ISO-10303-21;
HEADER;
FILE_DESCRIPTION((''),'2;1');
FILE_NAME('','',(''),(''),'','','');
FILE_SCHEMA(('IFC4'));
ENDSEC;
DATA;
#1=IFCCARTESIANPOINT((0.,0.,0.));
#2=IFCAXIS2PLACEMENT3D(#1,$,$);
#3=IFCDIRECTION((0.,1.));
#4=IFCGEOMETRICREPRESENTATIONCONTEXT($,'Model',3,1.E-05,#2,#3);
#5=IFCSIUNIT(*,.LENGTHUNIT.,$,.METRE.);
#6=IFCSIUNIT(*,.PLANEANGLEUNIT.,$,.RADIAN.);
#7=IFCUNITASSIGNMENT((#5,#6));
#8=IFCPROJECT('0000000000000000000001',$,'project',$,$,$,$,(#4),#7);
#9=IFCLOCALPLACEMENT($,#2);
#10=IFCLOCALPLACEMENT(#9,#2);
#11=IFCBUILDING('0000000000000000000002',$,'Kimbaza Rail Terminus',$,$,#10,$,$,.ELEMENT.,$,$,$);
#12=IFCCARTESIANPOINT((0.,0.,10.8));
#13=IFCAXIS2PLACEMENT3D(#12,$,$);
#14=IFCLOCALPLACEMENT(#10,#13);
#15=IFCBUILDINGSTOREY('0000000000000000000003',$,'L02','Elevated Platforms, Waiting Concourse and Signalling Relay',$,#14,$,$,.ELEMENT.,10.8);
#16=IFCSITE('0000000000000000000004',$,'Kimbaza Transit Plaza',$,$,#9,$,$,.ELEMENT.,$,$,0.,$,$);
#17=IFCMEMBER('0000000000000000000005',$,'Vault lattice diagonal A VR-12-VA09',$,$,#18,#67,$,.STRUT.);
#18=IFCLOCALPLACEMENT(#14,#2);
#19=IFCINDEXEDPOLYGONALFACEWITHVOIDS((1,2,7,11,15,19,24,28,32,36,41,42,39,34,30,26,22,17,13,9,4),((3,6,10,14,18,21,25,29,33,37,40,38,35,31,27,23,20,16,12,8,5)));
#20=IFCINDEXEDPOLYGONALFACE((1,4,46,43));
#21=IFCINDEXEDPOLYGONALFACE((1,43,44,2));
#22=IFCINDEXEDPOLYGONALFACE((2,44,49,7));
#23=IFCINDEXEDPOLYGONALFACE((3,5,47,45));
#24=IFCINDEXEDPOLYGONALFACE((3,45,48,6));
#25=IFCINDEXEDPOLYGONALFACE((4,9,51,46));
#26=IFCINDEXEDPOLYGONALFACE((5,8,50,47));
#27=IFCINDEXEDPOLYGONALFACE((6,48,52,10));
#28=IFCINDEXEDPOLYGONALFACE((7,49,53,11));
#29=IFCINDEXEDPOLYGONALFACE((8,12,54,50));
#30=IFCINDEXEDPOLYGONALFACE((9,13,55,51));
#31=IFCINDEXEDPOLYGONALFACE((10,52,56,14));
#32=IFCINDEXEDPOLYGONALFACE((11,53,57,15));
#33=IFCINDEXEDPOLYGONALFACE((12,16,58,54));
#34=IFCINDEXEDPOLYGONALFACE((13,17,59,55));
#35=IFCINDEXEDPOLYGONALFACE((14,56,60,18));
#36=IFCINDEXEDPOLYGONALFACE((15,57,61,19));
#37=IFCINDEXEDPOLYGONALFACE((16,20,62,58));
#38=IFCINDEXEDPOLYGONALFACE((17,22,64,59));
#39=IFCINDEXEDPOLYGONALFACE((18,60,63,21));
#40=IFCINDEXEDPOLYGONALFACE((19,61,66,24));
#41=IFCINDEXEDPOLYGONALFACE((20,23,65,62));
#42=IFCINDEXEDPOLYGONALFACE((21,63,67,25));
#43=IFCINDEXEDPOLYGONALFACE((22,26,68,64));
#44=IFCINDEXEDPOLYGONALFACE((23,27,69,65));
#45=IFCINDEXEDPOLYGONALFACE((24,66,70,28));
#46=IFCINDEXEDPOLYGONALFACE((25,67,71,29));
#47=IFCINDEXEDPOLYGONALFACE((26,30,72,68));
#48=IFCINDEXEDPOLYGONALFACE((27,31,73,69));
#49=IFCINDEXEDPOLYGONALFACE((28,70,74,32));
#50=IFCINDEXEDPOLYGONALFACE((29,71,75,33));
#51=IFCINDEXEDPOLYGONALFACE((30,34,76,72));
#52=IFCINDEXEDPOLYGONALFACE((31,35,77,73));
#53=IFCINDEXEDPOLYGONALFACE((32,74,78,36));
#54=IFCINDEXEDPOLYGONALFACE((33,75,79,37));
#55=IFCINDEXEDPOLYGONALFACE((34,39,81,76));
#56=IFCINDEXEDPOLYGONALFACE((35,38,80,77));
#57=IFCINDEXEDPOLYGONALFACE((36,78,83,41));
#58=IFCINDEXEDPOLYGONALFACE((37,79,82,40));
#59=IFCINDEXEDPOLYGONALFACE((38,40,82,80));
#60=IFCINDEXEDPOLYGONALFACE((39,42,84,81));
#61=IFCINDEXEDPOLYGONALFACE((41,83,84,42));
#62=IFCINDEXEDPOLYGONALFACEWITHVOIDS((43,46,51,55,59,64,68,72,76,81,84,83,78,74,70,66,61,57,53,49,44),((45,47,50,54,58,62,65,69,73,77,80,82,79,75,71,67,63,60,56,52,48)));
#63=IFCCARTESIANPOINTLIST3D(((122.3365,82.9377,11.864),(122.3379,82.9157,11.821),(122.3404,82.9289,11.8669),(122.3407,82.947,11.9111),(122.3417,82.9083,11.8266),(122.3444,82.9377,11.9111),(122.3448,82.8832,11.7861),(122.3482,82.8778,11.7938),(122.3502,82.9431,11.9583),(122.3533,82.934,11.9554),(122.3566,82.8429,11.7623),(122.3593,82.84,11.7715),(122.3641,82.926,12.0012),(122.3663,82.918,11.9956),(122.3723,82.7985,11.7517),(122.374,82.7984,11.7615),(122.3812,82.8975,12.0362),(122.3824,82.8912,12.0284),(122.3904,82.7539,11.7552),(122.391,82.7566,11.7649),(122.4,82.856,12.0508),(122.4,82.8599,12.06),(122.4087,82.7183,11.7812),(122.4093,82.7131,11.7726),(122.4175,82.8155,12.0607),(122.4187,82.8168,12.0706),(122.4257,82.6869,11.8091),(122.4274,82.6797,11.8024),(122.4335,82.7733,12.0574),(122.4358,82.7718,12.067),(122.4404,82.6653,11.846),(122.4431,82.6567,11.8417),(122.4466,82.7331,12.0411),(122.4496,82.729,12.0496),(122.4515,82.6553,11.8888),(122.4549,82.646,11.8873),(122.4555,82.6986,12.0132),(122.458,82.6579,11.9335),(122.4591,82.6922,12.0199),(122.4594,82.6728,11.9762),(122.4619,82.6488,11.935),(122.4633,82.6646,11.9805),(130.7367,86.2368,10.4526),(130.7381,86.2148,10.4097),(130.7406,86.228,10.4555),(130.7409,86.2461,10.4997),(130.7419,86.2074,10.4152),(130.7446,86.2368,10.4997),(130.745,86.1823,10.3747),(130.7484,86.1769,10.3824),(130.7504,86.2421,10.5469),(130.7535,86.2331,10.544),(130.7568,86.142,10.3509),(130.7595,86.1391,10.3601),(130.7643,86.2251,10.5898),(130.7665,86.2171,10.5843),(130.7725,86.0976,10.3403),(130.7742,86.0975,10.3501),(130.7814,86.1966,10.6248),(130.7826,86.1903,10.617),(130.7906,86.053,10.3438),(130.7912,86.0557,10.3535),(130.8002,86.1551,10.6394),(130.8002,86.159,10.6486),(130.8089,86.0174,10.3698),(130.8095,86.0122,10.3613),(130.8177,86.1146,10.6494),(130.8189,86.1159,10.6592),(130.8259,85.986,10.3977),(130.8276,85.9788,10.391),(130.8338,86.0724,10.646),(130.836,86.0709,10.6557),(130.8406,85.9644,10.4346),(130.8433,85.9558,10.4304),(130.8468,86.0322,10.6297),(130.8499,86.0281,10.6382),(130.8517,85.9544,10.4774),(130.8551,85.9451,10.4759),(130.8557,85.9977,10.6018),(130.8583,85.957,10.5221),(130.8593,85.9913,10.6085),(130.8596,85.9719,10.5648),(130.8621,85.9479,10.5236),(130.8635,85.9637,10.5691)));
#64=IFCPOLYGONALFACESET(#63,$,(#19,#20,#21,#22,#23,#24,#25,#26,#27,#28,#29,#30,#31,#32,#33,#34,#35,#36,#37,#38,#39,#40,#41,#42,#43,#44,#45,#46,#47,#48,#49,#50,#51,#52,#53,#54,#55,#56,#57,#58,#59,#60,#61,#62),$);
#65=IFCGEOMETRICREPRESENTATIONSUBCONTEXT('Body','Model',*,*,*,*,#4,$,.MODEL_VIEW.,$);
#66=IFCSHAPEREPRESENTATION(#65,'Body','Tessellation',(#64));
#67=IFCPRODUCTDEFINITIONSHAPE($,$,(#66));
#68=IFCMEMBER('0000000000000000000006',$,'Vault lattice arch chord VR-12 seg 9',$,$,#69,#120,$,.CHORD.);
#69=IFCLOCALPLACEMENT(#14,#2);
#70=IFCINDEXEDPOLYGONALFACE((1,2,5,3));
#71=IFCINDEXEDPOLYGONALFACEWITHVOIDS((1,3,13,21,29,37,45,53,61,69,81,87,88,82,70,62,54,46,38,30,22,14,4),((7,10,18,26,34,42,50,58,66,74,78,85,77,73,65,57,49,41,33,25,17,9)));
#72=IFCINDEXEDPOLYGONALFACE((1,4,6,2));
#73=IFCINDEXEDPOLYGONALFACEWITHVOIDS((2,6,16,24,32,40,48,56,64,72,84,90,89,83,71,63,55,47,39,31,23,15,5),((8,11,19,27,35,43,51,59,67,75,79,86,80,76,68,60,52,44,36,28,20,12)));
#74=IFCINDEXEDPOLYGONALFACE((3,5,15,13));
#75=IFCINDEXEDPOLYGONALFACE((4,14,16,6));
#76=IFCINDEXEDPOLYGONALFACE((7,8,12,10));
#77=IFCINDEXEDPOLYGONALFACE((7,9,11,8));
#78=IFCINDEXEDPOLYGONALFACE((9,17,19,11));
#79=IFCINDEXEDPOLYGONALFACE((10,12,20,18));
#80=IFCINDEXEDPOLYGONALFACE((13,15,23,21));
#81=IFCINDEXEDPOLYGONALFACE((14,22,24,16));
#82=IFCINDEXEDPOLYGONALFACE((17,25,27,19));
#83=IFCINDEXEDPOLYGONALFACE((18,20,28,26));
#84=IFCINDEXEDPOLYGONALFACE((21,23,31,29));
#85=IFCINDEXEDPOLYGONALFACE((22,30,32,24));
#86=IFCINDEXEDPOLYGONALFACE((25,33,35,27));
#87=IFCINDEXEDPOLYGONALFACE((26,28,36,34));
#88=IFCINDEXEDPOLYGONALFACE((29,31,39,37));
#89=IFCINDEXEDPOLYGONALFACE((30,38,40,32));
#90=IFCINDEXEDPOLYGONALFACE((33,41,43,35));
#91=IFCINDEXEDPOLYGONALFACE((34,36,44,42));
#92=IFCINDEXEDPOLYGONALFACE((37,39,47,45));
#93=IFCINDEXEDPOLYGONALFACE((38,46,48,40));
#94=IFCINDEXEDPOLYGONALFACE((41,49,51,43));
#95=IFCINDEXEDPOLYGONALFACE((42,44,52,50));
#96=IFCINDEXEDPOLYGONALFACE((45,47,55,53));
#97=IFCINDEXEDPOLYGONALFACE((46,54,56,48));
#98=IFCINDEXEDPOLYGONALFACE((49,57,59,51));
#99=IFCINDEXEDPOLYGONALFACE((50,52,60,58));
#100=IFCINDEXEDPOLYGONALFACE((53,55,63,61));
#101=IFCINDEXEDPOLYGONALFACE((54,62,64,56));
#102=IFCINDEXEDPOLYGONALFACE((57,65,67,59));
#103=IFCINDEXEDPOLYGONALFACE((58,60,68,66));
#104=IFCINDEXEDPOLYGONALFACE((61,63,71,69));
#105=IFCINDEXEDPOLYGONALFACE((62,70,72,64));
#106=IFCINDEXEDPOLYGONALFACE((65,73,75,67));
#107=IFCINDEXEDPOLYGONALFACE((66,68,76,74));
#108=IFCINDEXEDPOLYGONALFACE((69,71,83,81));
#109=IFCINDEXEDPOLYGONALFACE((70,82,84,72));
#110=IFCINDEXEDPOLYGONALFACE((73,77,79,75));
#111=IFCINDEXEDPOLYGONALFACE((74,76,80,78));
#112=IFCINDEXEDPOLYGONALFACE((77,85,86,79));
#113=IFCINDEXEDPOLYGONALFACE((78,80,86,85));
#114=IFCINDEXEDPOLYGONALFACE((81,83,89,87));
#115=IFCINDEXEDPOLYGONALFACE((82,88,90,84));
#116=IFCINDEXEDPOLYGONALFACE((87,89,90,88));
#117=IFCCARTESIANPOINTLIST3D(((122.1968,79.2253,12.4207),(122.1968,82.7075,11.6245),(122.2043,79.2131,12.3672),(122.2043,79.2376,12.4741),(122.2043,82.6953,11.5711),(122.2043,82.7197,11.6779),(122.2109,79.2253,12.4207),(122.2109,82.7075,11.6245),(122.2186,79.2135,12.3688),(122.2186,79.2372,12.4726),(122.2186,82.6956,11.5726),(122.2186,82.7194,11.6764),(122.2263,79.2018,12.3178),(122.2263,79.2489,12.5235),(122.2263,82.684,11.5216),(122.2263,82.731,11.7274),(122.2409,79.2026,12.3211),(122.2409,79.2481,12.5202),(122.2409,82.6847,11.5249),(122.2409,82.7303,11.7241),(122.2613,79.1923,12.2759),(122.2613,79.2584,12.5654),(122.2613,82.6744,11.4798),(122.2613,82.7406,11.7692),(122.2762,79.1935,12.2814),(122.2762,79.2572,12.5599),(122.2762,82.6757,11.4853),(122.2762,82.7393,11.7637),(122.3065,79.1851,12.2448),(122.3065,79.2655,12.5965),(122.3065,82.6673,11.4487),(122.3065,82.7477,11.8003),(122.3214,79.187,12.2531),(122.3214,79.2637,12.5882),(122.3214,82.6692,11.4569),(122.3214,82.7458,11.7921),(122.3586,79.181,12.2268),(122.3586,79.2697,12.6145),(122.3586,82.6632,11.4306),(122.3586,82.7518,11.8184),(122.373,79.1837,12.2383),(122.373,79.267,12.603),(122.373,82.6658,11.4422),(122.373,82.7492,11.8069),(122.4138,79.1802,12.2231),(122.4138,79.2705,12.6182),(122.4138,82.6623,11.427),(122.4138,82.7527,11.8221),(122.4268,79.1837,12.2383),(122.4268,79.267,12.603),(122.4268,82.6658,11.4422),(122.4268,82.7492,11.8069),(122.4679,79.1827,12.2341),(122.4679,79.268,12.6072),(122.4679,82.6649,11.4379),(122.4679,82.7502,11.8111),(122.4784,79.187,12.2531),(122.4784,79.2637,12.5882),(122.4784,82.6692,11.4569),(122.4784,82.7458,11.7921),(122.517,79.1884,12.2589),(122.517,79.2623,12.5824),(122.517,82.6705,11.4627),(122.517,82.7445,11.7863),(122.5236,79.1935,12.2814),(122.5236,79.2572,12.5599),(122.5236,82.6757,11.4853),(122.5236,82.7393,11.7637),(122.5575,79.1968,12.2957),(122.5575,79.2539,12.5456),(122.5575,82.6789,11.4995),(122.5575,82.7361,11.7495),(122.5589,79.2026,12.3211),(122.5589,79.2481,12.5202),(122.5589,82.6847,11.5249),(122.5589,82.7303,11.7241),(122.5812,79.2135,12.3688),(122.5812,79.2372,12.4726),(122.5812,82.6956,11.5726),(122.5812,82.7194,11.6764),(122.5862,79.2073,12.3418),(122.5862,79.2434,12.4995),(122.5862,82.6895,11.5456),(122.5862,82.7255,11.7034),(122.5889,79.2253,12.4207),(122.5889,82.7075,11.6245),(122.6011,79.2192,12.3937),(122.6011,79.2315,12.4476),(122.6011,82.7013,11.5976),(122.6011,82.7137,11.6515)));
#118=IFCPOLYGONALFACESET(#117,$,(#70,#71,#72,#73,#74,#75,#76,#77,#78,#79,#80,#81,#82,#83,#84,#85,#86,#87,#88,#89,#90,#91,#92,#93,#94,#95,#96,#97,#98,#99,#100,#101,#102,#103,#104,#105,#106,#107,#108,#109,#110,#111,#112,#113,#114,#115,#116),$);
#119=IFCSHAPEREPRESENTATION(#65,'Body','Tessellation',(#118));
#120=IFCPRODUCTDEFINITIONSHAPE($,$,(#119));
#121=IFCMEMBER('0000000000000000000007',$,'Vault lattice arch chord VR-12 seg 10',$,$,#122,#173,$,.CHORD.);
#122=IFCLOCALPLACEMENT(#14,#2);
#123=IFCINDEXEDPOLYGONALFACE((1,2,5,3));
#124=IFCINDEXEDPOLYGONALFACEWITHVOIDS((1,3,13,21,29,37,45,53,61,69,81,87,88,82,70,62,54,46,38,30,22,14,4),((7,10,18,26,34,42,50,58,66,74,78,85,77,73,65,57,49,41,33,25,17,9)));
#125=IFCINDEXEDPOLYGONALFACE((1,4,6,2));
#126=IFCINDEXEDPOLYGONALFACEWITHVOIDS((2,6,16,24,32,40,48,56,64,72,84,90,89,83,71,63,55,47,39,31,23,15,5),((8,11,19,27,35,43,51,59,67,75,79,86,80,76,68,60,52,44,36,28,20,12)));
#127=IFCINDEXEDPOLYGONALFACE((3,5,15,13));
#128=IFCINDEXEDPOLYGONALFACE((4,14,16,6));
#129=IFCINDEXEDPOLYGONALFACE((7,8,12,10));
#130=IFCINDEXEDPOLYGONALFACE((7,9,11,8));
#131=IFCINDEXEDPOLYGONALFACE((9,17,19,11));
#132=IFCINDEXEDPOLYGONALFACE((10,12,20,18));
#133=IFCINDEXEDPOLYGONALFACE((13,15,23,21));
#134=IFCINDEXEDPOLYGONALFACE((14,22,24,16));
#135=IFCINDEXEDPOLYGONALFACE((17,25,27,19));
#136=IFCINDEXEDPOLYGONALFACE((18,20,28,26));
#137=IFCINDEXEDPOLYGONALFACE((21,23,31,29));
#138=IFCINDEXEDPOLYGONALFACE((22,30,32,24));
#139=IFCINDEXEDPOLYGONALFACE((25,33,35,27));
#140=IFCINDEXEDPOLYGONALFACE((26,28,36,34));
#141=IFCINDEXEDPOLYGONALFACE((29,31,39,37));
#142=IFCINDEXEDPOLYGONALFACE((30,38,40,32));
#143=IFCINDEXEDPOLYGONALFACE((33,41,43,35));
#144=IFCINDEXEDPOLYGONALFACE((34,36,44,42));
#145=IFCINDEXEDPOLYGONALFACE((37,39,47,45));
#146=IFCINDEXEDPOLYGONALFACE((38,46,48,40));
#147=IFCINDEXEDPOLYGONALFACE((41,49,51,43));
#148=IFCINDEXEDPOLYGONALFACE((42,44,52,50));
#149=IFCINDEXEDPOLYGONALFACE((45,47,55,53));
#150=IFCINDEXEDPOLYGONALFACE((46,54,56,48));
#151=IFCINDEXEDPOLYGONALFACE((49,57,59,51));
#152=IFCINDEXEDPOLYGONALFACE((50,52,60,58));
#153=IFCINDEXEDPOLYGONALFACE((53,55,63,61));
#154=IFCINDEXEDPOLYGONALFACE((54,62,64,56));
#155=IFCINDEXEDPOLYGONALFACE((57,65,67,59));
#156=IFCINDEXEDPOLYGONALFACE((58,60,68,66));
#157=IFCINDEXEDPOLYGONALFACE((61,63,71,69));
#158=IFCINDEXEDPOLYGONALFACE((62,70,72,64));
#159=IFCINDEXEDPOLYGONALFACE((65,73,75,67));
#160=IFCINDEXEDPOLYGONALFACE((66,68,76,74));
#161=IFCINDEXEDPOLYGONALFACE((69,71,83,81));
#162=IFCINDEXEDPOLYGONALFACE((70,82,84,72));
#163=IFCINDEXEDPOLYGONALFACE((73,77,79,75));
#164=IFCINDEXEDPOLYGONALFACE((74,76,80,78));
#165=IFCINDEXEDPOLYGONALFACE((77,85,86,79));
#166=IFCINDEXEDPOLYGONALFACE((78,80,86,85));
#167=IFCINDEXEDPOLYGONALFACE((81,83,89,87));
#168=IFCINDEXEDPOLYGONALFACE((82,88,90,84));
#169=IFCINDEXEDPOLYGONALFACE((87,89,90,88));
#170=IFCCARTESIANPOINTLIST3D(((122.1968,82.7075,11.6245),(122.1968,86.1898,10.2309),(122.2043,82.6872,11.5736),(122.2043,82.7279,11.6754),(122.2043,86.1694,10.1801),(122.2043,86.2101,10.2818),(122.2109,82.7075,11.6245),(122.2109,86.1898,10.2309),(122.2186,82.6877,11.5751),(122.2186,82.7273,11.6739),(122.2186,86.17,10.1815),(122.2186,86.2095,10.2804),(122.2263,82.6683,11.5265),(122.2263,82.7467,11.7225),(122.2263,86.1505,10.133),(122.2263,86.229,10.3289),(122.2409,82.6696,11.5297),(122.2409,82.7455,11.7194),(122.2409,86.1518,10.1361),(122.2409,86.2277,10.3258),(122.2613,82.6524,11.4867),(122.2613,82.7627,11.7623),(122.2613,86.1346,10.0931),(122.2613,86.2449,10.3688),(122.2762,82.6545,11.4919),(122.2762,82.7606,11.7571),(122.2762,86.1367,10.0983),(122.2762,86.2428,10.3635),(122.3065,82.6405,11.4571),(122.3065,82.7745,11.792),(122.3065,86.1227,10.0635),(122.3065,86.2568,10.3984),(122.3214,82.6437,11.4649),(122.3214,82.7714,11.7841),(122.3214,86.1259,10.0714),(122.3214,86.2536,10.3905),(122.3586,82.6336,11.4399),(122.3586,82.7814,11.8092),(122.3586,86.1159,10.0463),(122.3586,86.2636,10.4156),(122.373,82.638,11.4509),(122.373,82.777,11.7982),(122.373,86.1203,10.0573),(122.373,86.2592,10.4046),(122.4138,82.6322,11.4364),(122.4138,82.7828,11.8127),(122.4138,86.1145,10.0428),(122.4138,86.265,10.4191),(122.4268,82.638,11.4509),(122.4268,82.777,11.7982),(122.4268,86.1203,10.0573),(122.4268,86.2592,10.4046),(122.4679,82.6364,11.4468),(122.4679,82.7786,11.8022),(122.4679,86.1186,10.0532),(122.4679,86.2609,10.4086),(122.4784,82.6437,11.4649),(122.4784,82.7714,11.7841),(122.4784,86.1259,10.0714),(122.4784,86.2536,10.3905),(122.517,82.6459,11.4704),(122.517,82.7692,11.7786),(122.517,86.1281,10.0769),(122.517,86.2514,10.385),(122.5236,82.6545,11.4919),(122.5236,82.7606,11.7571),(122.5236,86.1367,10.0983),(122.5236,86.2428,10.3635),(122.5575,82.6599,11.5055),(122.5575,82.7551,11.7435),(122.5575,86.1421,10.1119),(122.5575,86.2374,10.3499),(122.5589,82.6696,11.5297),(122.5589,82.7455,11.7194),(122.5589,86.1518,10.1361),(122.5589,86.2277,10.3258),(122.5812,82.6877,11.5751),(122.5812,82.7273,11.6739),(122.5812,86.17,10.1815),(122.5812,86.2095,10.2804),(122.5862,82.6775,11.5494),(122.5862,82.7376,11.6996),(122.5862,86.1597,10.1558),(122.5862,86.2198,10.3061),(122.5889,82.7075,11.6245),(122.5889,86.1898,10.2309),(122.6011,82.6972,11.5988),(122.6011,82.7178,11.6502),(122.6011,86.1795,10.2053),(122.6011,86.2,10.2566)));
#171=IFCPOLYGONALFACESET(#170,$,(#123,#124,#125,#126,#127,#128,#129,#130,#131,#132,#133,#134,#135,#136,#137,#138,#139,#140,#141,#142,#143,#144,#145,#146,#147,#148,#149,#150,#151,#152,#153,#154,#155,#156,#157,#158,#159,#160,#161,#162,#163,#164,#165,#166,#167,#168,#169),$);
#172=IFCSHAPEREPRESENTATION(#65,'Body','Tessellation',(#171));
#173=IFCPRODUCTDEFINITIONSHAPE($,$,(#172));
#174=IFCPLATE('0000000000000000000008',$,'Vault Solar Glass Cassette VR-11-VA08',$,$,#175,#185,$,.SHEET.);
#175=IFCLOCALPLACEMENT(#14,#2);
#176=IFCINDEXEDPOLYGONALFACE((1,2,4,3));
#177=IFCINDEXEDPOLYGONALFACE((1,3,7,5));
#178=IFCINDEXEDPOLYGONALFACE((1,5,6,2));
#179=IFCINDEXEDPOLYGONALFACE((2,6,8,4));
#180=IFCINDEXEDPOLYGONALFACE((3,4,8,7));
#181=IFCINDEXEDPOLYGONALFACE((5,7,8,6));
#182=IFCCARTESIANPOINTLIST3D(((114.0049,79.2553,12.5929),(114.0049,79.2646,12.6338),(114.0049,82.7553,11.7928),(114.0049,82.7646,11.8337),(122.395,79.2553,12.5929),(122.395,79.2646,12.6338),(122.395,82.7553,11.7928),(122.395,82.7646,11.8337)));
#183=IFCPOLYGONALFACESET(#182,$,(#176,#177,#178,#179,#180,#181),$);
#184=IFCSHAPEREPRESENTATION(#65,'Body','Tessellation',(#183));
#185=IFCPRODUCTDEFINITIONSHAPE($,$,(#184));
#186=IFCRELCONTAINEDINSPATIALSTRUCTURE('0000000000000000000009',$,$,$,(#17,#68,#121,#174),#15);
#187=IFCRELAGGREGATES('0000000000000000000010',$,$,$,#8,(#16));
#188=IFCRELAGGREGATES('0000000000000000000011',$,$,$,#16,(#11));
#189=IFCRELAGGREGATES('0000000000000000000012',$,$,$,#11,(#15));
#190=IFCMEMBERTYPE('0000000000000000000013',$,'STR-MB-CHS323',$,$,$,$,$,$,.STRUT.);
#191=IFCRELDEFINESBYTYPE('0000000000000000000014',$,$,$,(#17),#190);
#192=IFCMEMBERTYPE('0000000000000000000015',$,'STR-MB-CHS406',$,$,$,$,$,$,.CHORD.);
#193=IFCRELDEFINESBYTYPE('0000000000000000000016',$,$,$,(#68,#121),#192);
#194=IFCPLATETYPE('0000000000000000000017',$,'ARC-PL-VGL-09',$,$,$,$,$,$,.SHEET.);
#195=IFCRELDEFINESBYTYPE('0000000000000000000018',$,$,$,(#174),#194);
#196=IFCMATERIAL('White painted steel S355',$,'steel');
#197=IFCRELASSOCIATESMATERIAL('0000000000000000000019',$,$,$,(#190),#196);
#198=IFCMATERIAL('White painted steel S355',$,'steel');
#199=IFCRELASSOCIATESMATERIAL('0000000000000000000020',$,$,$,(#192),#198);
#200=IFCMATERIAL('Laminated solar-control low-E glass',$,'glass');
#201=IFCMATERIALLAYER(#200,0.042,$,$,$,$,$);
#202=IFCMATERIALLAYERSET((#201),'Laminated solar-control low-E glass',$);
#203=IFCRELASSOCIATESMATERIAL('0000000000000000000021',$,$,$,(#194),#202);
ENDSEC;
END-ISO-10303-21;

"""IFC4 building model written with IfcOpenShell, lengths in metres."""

from ifc_helpers import new_model, si_unit, direction, frame, origin, origin_2d, place, context, subcontext, project, spatial, polyline, hollow_circle, outline, extrude, material, layer, layer_set, material_profile, profile_set, type_object, element, save


model = new_model("IFC4")

# Units and contexts
model_context = context("Model", 3, precision=1e-05, world=origin(), true_north=direction((0.0, 1.0)))
body_context = subcontext(model_context, "Body", "Model", "MODEL_VIEW")
ifc_project = project(units=[si_unit("LENGTHUNIT", "METRE"), si_unit("PLANEANGLEUNIT", "RADIAN")], contexts=[model_context])

# Site, building, storey
site_placement = place(None, origin())
site = spatial("IfcSite", under=ifc_project, at=site_placement, Name="Kimbaza Transit Plaza", CompositionType="ELEMENT", RefElevation=0.0)
building_placement = place(site_placement, origin())
building = spatial("IfcBuilding", under=site, at=building_placement, Name="Kimbaza Rail Terminus", CompositionType="ELEMENT")
storey_placement = place(building_placement, frame((0.0, 0.0, 10.8)))
storey = spatial("IfcBuildingStorey", under=building, at=storey_placement, Name="L02", Description="Elevated Platforms, Waiting Concourse and Signalling Relay", CompositionType="ELEMENT", Elevation=10.8)

# Members
ifc_material_1 = material(Name="White painted steel S355", Category="steel")
ifc_material_profile_1 = material_profile(ifc_material_1, hollow_circle(Radius=0.1619, WallThickness=0.01, at=origin_2d()), Name="CHS 323.9x10")
ifc_profile_set_1 = profile_set([ifc_material_profile_1], Name="White painted steel S355")
member_type_1 = type_object("IfcMemberType", Name="STR-MB-CHS323", PredefinedType="STRUT", material=ifc_profile_set_1)
member_1_placement = place(storey_placement, frame((122.3999, 82.7964, 11.9111), z_axis=(0.919611, 0.361168, -0.154511), x_axis=(-0.365558, 0.930789, 0.0)))
element("IfcMember", 1, at=member_1_placement, inside=storey, type_object=member_type_1, Name="Vault lattice diagonal A VR-12-VA09", PredefinedType="STRUT", context=body_context, shape_type="SweptSolid", body=[
    extrude(hollow_circle(Radius=0.1619, WallThickness=0.01, at=origin_2d()), origin(), (0.0, 0.0, 1.0), 9.1345),
])
ifc_material_2 = material(Name="White painted steel S355", Category="steel")
ifc_material_profile_2 = material_profile(ifc_material_2, hollow_circle(Radius=0.2031, WallThickness=0.0142, at=origin_2d()), Name="CHS 406.4x14.2")
ifc_profile_set_2 = profile_set([ifc_material_profile_2], Name="White painted steel S355")
member_type_2 = type_object("IfcMemberType", Name="STR-MB-CHS406", PredefinedType="CHORD", material=ifc_profile_set_2)
member_2_placement = place(storey_placement, frame((122.3999, 79.2253, 12.4207), z_axis=(0.0, 0.974845, -0.222882), x_axis=(-1.0, 0.0, 0.0)))
element("IfcMember", 2, at=member_2_placement, inside=storey, type_object=member_type_2, Name="Vault lattice arch chord VR-12 seg 9", PredefinedType="CHORD", context=body_context, shape_type="SweptSolid", body=[
    extrude(hollow_circle(Radius=0.2031, WallThickness=0.0142, at=origin_2d()), origin(), (0.0, 0.0, 1.0), 3.572),
])
member_3_placement = place(storey_placement, frame((122.3999, 82.7075, 11.6245), z_axis=(0.0, 0.928414, -0.371548), x_axis=(-1.0, 0.0, 0.0)))
element("IfcMember", 3, at=member_3_placement, inside=storey, type_object=member_type_2, Name="Vault lattice arch chord VR-12 seg 10", PredefinedType="CHORD", context=body_context, shape_type="SweptSolid", body=[
    extrude(hollow_circle(Radius=0.2031, WallThickness=0.0142, at=origin_2d()), origin(), (0.0, 0.0, 1.0), 3.7507),
])

# Plate
ifc_material_3 = material(Name="Laminated solar-control low-E glass", Category="glass")
ifc_layer_1 = layer(ifc_material_3, 0.042)
ifc_layer_set_1 = layer_set([ifc_layer_1], Name="Laminated solar-control low-E glass")
plate_type_1 = type_object("IfcPlateType", Name="ARC-PL-VGL-09", PredefinedType="SHEET", material=ifc_layer_set_1)
plate_1_placement = place(storey_placement, frame((114.0049, 79.2646, 12.6338), z_axis=(0.0, 0.222838, 0.974856), x_axis=(1.0, 0.0, 0.0)))
element("IfcPlate", 4, at=plate_1_placement, inside=storey, type_object=plate_type_1, Name="Vault Solar Glass Cassette VR-11-VA08", PredefinedType="SHEET", context=body_context, shape_type="SweptSolid", body=[
    extrude(outline(polyline([(0.0, 0.0), (8.3901, 0.0), (8.3901, 3.5903), (0.0, 3.5903), (0.0, 0.0)])), origin(), (0.0, 0.0, -1.0), 0.042),
])

save(model, "model.ifc")
